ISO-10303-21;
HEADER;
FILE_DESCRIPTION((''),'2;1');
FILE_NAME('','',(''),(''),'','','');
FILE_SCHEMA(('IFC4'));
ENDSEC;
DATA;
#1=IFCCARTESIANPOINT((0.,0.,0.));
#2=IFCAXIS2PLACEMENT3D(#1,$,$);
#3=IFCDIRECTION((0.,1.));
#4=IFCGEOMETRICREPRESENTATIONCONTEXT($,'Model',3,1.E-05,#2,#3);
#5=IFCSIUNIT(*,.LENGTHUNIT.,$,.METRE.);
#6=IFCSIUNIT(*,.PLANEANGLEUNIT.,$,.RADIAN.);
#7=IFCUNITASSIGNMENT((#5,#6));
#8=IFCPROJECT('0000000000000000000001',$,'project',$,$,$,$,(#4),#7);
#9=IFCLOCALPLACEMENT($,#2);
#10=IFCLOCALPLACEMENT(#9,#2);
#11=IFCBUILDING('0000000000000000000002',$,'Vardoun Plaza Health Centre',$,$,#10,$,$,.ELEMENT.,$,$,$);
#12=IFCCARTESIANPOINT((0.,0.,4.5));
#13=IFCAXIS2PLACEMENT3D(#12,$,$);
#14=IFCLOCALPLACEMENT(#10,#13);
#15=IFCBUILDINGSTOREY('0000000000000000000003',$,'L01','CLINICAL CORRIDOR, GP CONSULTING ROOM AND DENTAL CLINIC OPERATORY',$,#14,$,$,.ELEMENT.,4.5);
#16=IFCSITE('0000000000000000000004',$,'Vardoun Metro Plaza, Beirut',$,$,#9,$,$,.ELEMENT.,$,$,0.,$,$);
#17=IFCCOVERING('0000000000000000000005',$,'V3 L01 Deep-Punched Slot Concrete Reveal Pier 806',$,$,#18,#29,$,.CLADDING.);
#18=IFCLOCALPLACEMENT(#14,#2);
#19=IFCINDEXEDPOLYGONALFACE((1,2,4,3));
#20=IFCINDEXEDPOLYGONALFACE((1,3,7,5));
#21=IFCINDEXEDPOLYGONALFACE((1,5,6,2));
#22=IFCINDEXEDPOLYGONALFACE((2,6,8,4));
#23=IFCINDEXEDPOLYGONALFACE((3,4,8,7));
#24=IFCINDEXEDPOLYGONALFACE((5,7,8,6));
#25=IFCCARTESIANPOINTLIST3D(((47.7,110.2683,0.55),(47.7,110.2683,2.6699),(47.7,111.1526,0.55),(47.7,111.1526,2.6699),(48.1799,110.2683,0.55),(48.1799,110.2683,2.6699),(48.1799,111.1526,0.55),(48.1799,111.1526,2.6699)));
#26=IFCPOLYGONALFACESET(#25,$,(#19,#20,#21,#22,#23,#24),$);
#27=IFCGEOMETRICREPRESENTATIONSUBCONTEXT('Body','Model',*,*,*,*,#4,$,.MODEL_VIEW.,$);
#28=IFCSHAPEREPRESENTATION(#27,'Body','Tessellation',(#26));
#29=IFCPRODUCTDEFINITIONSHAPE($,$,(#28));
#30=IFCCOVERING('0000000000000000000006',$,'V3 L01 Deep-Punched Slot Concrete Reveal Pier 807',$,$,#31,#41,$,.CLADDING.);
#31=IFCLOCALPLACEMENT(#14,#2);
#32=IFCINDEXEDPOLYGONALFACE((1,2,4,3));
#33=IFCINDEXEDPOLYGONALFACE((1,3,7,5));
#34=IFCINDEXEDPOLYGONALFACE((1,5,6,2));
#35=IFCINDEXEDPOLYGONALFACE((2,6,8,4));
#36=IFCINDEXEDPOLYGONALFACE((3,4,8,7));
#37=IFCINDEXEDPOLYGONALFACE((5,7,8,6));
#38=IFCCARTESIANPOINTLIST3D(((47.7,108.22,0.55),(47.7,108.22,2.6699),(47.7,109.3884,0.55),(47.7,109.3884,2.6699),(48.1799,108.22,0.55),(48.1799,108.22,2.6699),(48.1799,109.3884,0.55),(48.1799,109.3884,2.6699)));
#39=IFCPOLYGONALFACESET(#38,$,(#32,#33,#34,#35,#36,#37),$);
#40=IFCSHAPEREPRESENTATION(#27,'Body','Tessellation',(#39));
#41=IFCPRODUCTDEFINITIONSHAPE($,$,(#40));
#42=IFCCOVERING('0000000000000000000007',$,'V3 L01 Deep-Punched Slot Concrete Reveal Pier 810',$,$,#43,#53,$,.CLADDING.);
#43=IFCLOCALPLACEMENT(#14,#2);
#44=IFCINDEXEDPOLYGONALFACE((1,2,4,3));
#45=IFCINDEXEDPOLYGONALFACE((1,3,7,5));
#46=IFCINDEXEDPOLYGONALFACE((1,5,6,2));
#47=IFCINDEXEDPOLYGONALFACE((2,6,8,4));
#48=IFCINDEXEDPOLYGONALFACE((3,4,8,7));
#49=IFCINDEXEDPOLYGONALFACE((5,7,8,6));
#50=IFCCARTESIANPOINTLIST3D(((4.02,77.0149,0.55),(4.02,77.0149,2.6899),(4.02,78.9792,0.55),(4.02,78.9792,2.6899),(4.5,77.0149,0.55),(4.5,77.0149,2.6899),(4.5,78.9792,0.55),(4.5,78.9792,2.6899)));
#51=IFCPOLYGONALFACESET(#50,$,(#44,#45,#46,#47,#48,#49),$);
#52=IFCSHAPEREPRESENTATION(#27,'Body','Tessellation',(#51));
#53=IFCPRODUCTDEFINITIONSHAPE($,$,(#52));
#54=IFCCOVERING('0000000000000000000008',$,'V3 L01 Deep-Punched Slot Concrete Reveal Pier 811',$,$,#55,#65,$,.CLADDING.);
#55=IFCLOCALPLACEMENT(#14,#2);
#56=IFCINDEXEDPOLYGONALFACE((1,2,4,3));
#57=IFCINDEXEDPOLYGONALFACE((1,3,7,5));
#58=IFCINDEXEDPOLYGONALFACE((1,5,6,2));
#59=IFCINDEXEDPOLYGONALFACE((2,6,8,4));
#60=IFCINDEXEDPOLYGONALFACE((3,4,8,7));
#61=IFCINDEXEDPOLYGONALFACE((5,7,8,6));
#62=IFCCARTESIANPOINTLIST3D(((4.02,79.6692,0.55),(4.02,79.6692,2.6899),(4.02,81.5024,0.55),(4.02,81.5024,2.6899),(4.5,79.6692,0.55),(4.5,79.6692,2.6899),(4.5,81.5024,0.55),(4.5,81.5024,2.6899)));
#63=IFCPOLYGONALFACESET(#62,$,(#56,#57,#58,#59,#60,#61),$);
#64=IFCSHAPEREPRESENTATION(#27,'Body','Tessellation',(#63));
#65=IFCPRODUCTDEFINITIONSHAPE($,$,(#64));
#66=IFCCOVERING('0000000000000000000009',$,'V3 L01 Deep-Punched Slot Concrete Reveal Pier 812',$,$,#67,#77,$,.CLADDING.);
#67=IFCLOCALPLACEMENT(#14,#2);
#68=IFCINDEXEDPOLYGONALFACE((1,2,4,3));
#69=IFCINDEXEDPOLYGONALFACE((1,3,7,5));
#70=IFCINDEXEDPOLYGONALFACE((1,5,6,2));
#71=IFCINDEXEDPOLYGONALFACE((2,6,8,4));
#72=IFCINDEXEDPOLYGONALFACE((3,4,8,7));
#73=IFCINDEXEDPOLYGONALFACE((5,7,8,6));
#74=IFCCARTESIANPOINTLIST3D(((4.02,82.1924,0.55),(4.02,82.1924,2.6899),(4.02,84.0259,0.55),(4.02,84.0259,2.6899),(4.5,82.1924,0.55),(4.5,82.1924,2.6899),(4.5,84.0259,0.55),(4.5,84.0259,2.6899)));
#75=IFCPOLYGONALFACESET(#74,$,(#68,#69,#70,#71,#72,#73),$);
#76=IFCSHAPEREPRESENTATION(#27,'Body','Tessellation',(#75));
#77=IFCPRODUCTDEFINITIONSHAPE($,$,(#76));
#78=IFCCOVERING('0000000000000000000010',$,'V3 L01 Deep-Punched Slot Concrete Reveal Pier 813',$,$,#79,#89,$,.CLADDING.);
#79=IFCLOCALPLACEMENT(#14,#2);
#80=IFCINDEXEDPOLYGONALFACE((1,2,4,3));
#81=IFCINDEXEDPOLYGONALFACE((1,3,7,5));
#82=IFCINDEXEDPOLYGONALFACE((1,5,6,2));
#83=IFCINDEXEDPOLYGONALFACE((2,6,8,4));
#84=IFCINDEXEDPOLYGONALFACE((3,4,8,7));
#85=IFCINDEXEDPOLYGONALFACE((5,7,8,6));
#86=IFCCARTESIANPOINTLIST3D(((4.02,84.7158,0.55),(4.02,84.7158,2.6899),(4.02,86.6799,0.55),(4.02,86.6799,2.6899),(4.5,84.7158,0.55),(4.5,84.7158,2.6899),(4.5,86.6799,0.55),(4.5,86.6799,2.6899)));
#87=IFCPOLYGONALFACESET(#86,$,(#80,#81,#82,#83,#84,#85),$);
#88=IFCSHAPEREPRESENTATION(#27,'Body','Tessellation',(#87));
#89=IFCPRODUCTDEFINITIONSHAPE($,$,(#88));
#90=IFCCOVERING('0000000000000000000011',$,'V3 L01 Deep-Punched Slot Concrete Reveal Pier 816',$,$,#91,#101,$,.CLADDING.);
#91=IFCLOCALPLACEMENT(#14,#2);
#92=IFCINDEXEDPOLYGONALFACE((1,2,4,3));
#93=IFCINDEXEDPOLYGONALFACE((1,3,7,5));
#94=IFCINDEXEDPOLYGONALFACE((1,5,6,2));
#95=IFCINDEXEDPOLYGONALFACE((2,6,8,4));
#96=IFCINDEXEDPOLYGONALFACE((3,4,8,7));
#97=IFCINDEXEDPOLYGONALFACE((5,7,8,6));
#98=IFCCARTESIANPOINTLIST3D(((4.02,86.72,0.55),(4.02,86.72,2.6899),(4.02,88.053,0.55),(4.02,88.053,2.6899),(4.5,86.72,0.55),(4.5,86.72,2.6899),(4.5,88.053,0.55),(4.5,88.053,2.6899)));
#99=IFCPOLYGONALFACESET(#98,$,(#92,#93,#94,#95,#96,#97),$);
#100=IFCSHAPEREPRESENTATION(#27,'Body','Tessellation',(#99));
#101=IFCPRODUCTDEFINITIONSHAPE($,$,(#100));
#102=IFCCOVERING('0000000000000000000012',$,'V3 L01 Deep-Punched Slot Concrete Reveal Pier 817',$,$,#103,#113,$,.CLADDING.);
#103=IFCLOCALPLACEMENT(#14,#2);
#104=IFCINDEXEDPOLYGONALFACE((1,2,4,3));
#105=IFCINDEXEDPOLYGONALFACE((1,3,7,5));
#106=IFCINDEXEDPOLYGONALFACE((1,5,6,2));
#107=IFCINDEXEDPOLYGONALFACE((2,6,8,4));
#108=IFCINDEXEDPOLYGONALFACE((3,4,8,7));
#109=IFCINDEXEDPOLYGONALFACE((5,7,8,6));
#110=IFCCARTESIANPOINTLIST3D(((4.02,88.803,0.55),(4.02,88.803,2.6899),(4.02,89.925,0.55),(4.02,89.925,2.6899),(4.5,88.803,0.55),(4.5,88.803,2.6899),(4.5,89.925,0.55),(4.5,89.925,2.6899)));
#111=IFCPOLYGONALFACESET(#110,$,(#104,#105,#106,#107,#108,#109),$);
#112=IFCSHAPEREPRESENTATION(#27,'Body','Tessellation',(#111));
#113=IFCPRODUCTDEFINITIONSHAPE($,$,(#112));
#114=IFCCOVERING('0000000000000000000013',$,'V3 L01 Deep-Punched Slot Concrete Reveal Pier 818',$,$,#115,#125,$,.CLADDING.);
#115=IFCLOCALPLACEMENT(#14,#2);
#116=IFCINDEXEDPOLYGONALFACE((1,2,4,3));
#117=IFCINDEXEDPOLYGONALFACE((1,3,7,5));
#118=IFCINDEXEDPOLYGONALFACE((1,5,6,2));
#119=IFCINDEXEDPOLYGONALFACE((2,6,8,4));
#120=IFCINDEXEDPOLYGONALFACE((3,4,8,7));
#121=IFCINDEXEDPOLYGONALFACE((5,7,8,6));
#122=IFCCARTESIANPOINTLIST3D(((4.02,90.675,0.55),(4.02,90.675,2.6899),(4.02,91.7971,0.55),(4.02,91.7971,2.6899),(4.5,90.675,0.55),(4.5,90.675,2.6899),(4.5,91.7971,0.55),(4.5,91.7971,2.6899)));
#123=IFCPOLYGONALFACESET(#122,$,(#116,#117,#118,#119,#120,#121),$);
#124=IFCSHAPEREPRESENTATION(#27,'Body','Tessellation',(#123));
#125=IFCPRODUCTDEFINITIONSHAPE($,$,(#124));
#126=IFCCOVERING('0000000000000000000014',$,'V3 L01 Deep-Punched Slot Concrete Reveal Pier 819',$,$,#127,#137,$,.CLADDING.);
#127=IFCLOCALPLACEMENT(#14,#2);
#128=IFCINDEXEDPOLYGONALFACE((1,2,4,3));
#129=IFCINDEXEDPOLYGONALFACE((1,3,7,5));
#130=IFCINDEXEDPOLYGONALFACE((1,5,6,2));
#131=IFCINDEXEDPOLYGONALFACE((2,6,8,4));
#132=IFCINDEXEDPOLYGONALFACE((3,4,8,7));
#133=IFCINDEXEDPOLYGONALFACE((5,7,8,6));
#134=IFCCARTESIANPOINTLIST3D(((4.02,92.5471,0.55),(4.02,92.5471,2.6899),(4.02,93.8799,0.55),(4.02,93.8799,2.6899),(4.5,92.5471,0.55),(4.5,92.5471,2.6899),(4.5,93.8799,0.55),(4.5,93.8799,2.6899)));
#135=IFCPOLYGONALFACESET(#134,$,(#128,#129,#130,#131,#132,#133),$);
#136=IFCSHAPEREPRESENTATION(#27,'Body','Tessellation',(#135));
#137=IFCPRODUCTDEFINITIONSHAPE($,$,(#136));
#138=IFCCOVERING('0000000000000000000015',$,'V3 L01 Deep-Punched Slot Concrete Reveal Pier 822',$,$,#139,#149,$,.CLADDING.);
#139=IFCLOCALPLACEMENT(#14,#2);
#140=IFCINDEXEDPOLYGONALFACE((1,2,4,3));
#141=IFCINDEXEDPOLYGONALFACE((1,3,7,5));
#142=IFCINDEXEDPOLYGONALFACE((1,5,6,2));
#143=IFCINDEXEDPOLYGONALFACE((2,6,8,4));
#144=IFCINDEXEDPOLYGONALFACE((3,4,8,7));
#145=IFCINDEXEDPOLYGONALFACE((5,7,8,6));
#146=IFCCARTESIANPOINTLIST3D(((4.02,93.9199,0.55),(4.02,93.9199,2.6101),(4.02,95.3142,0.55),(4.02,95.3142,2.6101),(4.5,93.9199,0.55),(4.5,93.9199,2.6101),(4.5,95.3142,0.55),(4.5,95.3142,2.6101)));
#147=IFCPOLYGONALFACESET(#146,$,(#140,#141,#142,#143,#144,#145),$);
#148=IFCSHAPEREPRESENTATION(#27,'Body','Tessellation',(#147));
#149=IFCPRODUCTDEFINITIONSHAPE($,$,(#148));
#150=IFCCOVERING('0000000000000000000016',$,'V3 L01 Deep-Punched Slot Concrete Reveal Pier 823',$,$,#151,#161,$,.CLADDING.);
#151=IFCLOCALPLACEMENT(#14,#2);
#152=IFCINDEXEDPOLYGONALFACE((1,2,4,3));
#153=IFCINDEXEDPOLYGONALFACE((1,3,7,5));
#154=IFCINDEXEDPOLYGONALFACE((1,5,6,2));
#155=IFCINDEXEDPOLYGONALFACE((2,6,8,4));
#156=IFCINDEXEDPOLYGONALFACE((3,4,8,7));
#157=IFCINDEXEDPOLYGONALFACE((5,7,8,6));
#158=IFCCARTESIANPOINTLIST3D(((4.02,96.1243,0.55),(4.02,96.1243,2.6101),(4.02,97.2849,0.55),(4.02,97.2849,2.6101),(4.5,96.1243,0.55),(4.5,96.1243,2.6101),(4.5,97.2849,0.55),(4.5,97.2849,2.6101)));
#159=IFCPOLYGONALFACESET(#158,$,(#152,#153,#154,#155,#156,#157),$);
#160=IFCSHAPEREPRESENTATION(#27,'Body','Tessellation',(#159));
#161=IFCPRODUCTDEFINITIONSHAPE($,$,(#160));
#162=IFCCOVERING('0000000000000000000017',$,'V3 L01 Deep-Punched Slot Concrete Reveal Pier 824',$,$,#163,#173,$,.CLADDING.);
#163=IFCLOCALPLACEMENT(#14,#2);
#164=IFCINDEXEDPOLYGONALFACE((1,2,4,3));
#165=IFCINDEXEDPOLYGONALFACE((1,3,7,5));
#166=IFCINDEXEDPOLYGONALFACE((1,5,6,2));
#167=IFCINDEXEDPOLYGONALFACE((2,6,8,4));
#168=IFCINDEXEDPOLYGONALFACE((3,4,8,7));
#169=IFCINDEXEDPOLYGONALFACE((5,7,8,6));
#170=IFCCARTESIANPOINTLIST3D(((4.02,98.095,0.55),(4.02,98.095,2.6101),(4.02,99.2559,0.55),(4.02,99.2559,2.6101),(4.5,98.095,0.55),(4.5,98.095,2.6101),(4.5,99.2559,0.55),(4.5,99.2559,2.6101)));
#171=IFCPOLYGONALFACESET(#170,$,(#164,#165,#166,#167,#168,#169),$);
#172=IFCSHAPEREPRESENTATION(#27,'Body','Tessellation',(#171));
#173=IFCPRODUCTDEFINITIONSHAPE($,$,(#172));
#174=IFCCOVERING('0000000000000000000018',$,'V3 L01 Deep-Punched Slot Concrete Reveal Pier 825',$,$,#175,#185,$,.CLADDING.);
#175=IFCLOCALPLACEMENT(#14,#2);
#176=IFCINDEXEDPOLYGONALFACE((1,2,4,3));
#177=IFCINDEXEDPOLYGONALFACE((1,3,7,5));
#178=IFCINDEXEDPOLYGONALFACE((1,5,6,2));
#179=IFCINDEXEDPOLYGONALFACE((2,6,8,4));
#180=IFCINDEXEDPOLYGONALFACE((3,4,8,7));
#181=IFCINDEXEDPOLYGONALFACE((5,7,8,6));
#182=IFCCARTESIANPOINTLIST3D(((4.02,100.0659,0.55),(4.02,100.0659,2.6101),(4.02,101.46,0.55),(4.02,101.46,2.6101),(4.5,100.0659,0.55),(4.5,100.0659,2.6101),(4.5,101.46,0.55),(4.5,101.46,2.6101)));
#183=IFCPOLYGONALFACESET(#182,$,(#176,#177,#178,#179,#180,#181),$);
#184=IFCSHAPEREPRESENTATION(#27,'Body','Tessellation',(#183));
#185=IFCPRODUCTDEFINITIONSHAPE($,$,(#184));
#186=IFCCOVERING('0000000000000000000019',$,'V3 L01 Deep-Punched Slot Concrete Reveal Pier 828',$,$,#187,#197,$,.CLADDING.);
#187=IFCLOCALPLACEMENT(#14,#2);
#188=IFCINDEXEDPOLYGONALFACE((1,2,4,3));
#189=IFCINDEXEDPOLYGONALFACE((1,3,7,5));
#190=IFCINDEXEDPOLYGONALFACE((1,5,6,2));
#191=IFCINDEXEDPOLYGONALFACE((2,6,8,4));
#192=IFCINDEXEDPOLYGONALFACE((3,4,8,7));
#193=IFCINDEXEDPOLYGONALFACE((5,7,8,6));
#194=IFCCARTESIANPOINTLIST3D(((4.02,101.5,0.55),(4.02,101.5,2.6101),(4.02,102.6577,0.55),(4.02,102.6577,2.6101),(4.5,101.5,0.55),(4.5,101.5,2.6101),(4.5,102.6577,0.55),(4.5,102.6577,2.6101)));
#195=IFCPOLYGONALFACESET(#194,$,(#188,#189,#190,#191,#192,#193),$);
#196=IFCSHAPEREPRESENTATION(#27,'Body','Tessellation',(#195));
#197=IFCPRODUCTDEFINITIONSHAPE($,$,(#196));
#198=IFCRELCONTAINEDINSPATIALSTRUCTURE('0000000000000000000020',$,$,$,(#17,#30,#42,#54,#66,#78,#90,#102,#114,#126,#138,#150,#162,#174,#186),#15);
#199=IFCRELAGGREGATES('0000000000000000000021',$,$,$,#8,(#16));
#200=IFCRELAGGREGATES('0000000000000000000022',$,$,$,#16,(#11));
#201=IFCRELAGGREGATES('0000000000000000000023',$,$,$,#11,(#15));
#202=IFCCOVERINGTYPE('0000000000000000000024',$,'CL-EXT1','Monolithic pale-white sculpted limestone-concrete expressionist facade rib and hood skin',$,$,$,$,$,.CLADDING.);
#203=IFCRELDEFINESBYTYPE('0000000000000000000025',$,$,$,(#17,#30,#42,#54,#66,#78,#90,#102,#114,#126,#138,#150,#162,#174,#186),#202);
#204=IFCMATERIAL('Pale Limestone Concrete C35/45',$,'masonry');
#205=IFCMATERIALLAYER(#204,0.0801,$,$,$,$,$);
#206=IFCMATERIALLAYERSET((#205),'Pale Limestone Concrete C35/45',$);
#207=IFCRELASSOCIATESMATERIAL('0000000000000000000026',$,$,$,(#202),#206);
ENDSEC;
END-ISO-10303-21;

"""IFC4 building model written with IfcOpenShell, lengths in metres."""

from ifc_helpers import new_model, si_unit, direction, frame, origin, place, context, subcontext, project, spatial, polyline, outline, extrude, material, layer, layer_set, type_object, element, save


model = new_model("IFC4")

# Units and contexts
model_context = context("Model", 3, precision=1e-05, world=origin(), true_north=direction((0.0, 1.0)))
body_context = subcontext(model_context, "Body", "Model", "MODEL_VIEW")
ifc_project = project(units=[si_unit("LENGTHUNIT", "METRE"), si_unit("PLANEANGLEUNIT", "RADIAN")], contexts=[model_context])

# Site, building, storey
site_placement = place(None, origin())
site = spatial("IfcSite", under=ifc_project, at=site_placement, Name="Vardoun Metro Plaza, Beirut", CompositionType="ELEMENT", RefElevation=0.0)
building_placement = place(site_placement, origin())
building = spatial("IfcBuilding", under=site, at=building_placement, Name="Vardoun Plaza Health Centre", CompositionType="ELEMENT")
storey_placement = place(building_placement, frame((0.0, 0.0, 4.5)))
storey = spatial("IfcBuildingStorey", under=building, at=storey_placement, Name="L01", Description="CLINICAL CORRIDOR, GP CONSULTING ROOM AND DENTAL CLINIC OPERATORY", CompositionType="ELEMENT", Elevation=4.5)

# Coverings
ifc_material = material(Name="Pale Limestone Concrete C35/45", Category="masonry")
ifc_layer = layer(ifc_material, 0.0801)
ifc_layer_set = layer_set([ifc_layer], Name="Pale Limestone Concrete C35/45")
covering_type = type_object("IfcCoveringType", Name="CL-EXT1", Description="Monolithic pale-white sculpted limestone-concrete expressionist facade rib and hood skin", PredefinedType="CLADDING", material=ifc_layer_set)
covering_1_placement = place(storey_placement, frame((0.0, 0.0, 0.55)))
element("IfcCovering", 1, at=covering_1_placement, inside=storey, type_object=covering_type, Name="V3 L01 Deep-Punched Slot Concrete Reveal Pier 806", PredefinedType="CLADDING", context=body_context, shape_type="SweptSolid", body=[
    extrude(outline(polyline([(47.7, 111.1526), (47.7, 110.2683), (48.1799, 110.2683), (48.1799, 111.1526), (47.7, 111.1526)])), origin(), (0.0, 0.0, 1.0), 2.1199),
])
covering_2_placement = place(storey_placement, frame((0.0, 0.0, 0.55)))
element("IfcCovering", 2, at=covering_2_placement, inside=storey, type_object=covering_type, Name="V3 L01 Deep-Punched Slot Concrete Reveal Pier 807", PredefinedType="CLADDING", context=body_context, shape_type="SweptSolid", body=[
    extrude(outline(polyline([(47.7, 109.3884), (47.7, 108.22), (48.1799, 108.22), (48.1799, 109.3884), (47.7, 109.3884)])), origin(), (0.0, 0.0, 1.0), 2.1199),
])
covering_3_placement = place(storey_placement, frame((0.0, 0.0, 0.55)))
element("IfcCovering", 3, at=covering_3_placement, inside=storey, type_object=covering_type, Name="V3 L01 Deep-Punched Slot Concrete Reveal Pier 810", PredefinedType="CLADDING", context=body_context, shape_type="SweptSolid", body=[
    extrude(outline(polyline([(4.5, 77.0149), (4.5, 78.9792), (4.02, 78.9792), (4.02, 77.0149), (4.5, 77.0149)])), origin(), (0.0, 0.0, 1.0), 2.1399),
])
covering_4_placement = place(storey_placement, frame((0.0, 0.0, 0.55)))
element("IfcCovering", 4, at=covering_4_placement, inside=storey, type_object=covering_type, Name="V3 L01 Deep-Punched Slot Concrete Reveal Pier 811", PredefinedType="CLADDING", context=body_context, shape_type="SweptSolid", body=[
    extrude(outline(polyline([(4.5, 79.6692), (4.5, 81.5024), (4.02, 81.5024), (4.02, 79.6692), (4.5, 79.6692)])), origin(), (0.0, 0.0, 1.0), 2.1399),
])
covering_5_placement = place(storey_placement, frame((0.0, 0.0, 0.55)))
element("IfcCovering", 5, at=covering_5_placement, inside=storey, type_object=covering_type, Name="V3 L01 Deep-Punched Slot Concrete Reveal Pier 812", PredefinedType="CLADDING", context=body_context, shape_type="SweptSolid", body=[
    extrude(outline(polyline([(4.5, 82.1924), (4.5, 84.0259), (4.02, 84.0259), (4.02, 82.1924), (4.5, 82.1924)])), origin(), (0.0, 0.0, 1.0), 2.1399),
])
covering_6_placement = place(storey_placement, frame((0.0, 0.0, 0.55)))
element("IfcCovering", 6, at=covering_6_placement, inside=storey, type_object=covering_type, Name="V3 L01 Deep-Punched Slot Concrete Reveal Pier 813", PredefinedType="CLADDING", context=body_context, shape_type="SweptSolid", body=[
    extrude(outline(polyline([(4.5, 84.7158), (4.5, 86.6799), (4.02, 86.6799), (4.02, 84.7158), (4.5, 84.7158)])), origin(), (0.0, 0.0, 1.0), 2.1399),
])
covering_7_placement = place(storey_placement, frame((0.0, 0.0, 0.55)))
element("IfcCovering", 7, at=covering_7_placement, inside=storey, type_object=covering_type, Name="V3 L01 Deep-Punched Slot Concrete Reveal Pier 816", PredefinedType="CLADDING", context=body_context, shape_type="SweptSolid", body=[
    extrude(outline(polyline([(4.5, 86.72), (4.5, 88.053), (4.02, 88.053), (4.02, 86.72), (4.5, 86.72)])), origin(), (0.0, 0.0, 1.0), 2.1399),
])
covering_8_placement = place(storey_placement, frame((0.0, 0.0, 0.55)))
element("IfcCovering", 8, at=covering_8_placement, inside=storey, type_object=covering_type, Name="V3 L01 Deep-Punched Slot Concrete Reveal Pier 817", PredefinedType="CLADDING", context=body_context, shape_type="SweptSolid", body=[
    extrude(outline(polyline([(4.5, 88.803), (4.5, 89.925), (4.02, 89.925), (4.02, 88.803), (4.5, 88.803)])), origin(), (0.0, 0.0, 1.0), 2.1399),
])
covering_9_placement = place(storey_placement, frame((0.0, 0.0, 0.55)))
element("IfcCovering", 9, at=covering_9_placement, inside=storey, type_object=covering_type, Name="V3 L01 Deep-Punched Slot Concrete Reveal Pier 818", PredefinedType="CLADDING", context=body_context, shape_type="SweptSolid", body=[
    extrude(outline(polyline([(4.5, 90.675), (4.5, 91.7971), (4.02, 91.7971), (4.02, 90.675), (4.5, 90.675)])), origin(), (0.0, 0.0, 1.0), 2.1399),
])
covering_10_placement = place(storey_placement, frame((0.0, 0.0, 0.55)))
element("IfcCovering", 10, at=covering_10_placement, inside=storey, type_object=covering_type, Name="V3 L01 Deep-Punched Slot Concrete Reveal Pier 819", PredefinedType="CLADDING", context=body_context, shape_type="SweptSolid", body=[
    extrude(outline(polyline([(4.5, 92.5471), (4.5, 93.8799), (4.02, 93.8799), (4.02, 92.5471), (4.5, 92.5471)])), origin(), (0.0, 0.0, 1.0), 2.1399),
])
covering_11_placement = place(storey_placement, frame((0.0, 0.0, 0.55)))
element("IfcCovering", 11, at=covering_11_placement, inside=storey, type_object=covering_type, Name="V3 L01 Deep-Punched Slot Concrete Reveal Pier 822", PredefinedType="CLADDING", context=body_context, shape_type="SweptSolid", body=[
    extrude(outline(polyline([(4.5, 93.9199), (4.5, 95.3142), (4.02, 95.3142), (4.02, 93.9199), (4.5, 93.9199)])), origin(), (0.0, 0.0, 1.0), 2.0601),
])
covering_12_placement = place(storey_placement, frame((0.0, 0.0, 0.55)))
element("IfcCovering", 12, at=covering_12_placement, inside=storey, type_object=covering_type, Name="V3 L01 Deep-Punched Slot Concrete Reveal Pier 823", PredefinedType="CLADDING", context=body_context, shape_type="SweptSolid", body=[
    extrude(outline(polyline([(4.5, 96.1243), (4.5, 97.2849), (4.02, 97.2849), (4.02, 96.1243), (4.5, 96.1243)])), origin(), (0.0, 0.0, 1.0), 2.0601),
])
covering_13_placement = place(storey_placement, frame((0.0, 0.0, 0.55)))
element("IfcCovering", 13, at=covering_13_placement, inside=storey, type_object=covering_type, Name="V3 L01 Deep-Punched Slot Concrete Reveal Pier 824", PredefinedType="CLADDING", context=body_context, shape_type="SweptSolid", body=[
    extrude(outline(polyline([(4.5, 98.095), (4.5, 99.2559), (4.02, 99.2559), (4.02, 98.095), (4.5, 98.095)])), origin(), (0.0, 0.0, 1.0), 2.0601),
])
covering_14_placement = place(storey_placement, frame((0.0, 0.0, 0.55)))
element("IfcCovering", 14, at=covering_14_placement, inside=storey, type_object=covering_type, Name="V3 L01 Deep-Punched Slot Concrete Reveal Pier 825", PredefinedType="CLADDING", context=body_context, shape_type="SweptSolid", body=[
    extrude(outline(polyline([(4.5, 100.0659), (4.5, 101.46), (4.02, 101.46), (4.02, 100.0659), (4.5, 100.0659)])), origin(), (0.0, 0.0, 1.0), 2.0601),
])
covering_15_placement = place(storey_placement, frame((0.0, 0.0, 0.55)))
element("IfcCovering", 15, at=covering_15_placement, inside=storey, type_object=covering_type, Name="V3 L01 Deep-Punched Slot Concrete Reveal Pier 828", PredefinedType="CLADDING", context=body_context, shape_type="SweptSolid", body=[
    extrude(outline(polyline([(4.5, 101.5), (4.5, 102.6577), (4.02, 102.6577), (4.02, 101.5), (4.5, 101.5)])), origin(), (0.0, 0.0, 1.0), 2.0601),
])

save(model, "model.ifc")
